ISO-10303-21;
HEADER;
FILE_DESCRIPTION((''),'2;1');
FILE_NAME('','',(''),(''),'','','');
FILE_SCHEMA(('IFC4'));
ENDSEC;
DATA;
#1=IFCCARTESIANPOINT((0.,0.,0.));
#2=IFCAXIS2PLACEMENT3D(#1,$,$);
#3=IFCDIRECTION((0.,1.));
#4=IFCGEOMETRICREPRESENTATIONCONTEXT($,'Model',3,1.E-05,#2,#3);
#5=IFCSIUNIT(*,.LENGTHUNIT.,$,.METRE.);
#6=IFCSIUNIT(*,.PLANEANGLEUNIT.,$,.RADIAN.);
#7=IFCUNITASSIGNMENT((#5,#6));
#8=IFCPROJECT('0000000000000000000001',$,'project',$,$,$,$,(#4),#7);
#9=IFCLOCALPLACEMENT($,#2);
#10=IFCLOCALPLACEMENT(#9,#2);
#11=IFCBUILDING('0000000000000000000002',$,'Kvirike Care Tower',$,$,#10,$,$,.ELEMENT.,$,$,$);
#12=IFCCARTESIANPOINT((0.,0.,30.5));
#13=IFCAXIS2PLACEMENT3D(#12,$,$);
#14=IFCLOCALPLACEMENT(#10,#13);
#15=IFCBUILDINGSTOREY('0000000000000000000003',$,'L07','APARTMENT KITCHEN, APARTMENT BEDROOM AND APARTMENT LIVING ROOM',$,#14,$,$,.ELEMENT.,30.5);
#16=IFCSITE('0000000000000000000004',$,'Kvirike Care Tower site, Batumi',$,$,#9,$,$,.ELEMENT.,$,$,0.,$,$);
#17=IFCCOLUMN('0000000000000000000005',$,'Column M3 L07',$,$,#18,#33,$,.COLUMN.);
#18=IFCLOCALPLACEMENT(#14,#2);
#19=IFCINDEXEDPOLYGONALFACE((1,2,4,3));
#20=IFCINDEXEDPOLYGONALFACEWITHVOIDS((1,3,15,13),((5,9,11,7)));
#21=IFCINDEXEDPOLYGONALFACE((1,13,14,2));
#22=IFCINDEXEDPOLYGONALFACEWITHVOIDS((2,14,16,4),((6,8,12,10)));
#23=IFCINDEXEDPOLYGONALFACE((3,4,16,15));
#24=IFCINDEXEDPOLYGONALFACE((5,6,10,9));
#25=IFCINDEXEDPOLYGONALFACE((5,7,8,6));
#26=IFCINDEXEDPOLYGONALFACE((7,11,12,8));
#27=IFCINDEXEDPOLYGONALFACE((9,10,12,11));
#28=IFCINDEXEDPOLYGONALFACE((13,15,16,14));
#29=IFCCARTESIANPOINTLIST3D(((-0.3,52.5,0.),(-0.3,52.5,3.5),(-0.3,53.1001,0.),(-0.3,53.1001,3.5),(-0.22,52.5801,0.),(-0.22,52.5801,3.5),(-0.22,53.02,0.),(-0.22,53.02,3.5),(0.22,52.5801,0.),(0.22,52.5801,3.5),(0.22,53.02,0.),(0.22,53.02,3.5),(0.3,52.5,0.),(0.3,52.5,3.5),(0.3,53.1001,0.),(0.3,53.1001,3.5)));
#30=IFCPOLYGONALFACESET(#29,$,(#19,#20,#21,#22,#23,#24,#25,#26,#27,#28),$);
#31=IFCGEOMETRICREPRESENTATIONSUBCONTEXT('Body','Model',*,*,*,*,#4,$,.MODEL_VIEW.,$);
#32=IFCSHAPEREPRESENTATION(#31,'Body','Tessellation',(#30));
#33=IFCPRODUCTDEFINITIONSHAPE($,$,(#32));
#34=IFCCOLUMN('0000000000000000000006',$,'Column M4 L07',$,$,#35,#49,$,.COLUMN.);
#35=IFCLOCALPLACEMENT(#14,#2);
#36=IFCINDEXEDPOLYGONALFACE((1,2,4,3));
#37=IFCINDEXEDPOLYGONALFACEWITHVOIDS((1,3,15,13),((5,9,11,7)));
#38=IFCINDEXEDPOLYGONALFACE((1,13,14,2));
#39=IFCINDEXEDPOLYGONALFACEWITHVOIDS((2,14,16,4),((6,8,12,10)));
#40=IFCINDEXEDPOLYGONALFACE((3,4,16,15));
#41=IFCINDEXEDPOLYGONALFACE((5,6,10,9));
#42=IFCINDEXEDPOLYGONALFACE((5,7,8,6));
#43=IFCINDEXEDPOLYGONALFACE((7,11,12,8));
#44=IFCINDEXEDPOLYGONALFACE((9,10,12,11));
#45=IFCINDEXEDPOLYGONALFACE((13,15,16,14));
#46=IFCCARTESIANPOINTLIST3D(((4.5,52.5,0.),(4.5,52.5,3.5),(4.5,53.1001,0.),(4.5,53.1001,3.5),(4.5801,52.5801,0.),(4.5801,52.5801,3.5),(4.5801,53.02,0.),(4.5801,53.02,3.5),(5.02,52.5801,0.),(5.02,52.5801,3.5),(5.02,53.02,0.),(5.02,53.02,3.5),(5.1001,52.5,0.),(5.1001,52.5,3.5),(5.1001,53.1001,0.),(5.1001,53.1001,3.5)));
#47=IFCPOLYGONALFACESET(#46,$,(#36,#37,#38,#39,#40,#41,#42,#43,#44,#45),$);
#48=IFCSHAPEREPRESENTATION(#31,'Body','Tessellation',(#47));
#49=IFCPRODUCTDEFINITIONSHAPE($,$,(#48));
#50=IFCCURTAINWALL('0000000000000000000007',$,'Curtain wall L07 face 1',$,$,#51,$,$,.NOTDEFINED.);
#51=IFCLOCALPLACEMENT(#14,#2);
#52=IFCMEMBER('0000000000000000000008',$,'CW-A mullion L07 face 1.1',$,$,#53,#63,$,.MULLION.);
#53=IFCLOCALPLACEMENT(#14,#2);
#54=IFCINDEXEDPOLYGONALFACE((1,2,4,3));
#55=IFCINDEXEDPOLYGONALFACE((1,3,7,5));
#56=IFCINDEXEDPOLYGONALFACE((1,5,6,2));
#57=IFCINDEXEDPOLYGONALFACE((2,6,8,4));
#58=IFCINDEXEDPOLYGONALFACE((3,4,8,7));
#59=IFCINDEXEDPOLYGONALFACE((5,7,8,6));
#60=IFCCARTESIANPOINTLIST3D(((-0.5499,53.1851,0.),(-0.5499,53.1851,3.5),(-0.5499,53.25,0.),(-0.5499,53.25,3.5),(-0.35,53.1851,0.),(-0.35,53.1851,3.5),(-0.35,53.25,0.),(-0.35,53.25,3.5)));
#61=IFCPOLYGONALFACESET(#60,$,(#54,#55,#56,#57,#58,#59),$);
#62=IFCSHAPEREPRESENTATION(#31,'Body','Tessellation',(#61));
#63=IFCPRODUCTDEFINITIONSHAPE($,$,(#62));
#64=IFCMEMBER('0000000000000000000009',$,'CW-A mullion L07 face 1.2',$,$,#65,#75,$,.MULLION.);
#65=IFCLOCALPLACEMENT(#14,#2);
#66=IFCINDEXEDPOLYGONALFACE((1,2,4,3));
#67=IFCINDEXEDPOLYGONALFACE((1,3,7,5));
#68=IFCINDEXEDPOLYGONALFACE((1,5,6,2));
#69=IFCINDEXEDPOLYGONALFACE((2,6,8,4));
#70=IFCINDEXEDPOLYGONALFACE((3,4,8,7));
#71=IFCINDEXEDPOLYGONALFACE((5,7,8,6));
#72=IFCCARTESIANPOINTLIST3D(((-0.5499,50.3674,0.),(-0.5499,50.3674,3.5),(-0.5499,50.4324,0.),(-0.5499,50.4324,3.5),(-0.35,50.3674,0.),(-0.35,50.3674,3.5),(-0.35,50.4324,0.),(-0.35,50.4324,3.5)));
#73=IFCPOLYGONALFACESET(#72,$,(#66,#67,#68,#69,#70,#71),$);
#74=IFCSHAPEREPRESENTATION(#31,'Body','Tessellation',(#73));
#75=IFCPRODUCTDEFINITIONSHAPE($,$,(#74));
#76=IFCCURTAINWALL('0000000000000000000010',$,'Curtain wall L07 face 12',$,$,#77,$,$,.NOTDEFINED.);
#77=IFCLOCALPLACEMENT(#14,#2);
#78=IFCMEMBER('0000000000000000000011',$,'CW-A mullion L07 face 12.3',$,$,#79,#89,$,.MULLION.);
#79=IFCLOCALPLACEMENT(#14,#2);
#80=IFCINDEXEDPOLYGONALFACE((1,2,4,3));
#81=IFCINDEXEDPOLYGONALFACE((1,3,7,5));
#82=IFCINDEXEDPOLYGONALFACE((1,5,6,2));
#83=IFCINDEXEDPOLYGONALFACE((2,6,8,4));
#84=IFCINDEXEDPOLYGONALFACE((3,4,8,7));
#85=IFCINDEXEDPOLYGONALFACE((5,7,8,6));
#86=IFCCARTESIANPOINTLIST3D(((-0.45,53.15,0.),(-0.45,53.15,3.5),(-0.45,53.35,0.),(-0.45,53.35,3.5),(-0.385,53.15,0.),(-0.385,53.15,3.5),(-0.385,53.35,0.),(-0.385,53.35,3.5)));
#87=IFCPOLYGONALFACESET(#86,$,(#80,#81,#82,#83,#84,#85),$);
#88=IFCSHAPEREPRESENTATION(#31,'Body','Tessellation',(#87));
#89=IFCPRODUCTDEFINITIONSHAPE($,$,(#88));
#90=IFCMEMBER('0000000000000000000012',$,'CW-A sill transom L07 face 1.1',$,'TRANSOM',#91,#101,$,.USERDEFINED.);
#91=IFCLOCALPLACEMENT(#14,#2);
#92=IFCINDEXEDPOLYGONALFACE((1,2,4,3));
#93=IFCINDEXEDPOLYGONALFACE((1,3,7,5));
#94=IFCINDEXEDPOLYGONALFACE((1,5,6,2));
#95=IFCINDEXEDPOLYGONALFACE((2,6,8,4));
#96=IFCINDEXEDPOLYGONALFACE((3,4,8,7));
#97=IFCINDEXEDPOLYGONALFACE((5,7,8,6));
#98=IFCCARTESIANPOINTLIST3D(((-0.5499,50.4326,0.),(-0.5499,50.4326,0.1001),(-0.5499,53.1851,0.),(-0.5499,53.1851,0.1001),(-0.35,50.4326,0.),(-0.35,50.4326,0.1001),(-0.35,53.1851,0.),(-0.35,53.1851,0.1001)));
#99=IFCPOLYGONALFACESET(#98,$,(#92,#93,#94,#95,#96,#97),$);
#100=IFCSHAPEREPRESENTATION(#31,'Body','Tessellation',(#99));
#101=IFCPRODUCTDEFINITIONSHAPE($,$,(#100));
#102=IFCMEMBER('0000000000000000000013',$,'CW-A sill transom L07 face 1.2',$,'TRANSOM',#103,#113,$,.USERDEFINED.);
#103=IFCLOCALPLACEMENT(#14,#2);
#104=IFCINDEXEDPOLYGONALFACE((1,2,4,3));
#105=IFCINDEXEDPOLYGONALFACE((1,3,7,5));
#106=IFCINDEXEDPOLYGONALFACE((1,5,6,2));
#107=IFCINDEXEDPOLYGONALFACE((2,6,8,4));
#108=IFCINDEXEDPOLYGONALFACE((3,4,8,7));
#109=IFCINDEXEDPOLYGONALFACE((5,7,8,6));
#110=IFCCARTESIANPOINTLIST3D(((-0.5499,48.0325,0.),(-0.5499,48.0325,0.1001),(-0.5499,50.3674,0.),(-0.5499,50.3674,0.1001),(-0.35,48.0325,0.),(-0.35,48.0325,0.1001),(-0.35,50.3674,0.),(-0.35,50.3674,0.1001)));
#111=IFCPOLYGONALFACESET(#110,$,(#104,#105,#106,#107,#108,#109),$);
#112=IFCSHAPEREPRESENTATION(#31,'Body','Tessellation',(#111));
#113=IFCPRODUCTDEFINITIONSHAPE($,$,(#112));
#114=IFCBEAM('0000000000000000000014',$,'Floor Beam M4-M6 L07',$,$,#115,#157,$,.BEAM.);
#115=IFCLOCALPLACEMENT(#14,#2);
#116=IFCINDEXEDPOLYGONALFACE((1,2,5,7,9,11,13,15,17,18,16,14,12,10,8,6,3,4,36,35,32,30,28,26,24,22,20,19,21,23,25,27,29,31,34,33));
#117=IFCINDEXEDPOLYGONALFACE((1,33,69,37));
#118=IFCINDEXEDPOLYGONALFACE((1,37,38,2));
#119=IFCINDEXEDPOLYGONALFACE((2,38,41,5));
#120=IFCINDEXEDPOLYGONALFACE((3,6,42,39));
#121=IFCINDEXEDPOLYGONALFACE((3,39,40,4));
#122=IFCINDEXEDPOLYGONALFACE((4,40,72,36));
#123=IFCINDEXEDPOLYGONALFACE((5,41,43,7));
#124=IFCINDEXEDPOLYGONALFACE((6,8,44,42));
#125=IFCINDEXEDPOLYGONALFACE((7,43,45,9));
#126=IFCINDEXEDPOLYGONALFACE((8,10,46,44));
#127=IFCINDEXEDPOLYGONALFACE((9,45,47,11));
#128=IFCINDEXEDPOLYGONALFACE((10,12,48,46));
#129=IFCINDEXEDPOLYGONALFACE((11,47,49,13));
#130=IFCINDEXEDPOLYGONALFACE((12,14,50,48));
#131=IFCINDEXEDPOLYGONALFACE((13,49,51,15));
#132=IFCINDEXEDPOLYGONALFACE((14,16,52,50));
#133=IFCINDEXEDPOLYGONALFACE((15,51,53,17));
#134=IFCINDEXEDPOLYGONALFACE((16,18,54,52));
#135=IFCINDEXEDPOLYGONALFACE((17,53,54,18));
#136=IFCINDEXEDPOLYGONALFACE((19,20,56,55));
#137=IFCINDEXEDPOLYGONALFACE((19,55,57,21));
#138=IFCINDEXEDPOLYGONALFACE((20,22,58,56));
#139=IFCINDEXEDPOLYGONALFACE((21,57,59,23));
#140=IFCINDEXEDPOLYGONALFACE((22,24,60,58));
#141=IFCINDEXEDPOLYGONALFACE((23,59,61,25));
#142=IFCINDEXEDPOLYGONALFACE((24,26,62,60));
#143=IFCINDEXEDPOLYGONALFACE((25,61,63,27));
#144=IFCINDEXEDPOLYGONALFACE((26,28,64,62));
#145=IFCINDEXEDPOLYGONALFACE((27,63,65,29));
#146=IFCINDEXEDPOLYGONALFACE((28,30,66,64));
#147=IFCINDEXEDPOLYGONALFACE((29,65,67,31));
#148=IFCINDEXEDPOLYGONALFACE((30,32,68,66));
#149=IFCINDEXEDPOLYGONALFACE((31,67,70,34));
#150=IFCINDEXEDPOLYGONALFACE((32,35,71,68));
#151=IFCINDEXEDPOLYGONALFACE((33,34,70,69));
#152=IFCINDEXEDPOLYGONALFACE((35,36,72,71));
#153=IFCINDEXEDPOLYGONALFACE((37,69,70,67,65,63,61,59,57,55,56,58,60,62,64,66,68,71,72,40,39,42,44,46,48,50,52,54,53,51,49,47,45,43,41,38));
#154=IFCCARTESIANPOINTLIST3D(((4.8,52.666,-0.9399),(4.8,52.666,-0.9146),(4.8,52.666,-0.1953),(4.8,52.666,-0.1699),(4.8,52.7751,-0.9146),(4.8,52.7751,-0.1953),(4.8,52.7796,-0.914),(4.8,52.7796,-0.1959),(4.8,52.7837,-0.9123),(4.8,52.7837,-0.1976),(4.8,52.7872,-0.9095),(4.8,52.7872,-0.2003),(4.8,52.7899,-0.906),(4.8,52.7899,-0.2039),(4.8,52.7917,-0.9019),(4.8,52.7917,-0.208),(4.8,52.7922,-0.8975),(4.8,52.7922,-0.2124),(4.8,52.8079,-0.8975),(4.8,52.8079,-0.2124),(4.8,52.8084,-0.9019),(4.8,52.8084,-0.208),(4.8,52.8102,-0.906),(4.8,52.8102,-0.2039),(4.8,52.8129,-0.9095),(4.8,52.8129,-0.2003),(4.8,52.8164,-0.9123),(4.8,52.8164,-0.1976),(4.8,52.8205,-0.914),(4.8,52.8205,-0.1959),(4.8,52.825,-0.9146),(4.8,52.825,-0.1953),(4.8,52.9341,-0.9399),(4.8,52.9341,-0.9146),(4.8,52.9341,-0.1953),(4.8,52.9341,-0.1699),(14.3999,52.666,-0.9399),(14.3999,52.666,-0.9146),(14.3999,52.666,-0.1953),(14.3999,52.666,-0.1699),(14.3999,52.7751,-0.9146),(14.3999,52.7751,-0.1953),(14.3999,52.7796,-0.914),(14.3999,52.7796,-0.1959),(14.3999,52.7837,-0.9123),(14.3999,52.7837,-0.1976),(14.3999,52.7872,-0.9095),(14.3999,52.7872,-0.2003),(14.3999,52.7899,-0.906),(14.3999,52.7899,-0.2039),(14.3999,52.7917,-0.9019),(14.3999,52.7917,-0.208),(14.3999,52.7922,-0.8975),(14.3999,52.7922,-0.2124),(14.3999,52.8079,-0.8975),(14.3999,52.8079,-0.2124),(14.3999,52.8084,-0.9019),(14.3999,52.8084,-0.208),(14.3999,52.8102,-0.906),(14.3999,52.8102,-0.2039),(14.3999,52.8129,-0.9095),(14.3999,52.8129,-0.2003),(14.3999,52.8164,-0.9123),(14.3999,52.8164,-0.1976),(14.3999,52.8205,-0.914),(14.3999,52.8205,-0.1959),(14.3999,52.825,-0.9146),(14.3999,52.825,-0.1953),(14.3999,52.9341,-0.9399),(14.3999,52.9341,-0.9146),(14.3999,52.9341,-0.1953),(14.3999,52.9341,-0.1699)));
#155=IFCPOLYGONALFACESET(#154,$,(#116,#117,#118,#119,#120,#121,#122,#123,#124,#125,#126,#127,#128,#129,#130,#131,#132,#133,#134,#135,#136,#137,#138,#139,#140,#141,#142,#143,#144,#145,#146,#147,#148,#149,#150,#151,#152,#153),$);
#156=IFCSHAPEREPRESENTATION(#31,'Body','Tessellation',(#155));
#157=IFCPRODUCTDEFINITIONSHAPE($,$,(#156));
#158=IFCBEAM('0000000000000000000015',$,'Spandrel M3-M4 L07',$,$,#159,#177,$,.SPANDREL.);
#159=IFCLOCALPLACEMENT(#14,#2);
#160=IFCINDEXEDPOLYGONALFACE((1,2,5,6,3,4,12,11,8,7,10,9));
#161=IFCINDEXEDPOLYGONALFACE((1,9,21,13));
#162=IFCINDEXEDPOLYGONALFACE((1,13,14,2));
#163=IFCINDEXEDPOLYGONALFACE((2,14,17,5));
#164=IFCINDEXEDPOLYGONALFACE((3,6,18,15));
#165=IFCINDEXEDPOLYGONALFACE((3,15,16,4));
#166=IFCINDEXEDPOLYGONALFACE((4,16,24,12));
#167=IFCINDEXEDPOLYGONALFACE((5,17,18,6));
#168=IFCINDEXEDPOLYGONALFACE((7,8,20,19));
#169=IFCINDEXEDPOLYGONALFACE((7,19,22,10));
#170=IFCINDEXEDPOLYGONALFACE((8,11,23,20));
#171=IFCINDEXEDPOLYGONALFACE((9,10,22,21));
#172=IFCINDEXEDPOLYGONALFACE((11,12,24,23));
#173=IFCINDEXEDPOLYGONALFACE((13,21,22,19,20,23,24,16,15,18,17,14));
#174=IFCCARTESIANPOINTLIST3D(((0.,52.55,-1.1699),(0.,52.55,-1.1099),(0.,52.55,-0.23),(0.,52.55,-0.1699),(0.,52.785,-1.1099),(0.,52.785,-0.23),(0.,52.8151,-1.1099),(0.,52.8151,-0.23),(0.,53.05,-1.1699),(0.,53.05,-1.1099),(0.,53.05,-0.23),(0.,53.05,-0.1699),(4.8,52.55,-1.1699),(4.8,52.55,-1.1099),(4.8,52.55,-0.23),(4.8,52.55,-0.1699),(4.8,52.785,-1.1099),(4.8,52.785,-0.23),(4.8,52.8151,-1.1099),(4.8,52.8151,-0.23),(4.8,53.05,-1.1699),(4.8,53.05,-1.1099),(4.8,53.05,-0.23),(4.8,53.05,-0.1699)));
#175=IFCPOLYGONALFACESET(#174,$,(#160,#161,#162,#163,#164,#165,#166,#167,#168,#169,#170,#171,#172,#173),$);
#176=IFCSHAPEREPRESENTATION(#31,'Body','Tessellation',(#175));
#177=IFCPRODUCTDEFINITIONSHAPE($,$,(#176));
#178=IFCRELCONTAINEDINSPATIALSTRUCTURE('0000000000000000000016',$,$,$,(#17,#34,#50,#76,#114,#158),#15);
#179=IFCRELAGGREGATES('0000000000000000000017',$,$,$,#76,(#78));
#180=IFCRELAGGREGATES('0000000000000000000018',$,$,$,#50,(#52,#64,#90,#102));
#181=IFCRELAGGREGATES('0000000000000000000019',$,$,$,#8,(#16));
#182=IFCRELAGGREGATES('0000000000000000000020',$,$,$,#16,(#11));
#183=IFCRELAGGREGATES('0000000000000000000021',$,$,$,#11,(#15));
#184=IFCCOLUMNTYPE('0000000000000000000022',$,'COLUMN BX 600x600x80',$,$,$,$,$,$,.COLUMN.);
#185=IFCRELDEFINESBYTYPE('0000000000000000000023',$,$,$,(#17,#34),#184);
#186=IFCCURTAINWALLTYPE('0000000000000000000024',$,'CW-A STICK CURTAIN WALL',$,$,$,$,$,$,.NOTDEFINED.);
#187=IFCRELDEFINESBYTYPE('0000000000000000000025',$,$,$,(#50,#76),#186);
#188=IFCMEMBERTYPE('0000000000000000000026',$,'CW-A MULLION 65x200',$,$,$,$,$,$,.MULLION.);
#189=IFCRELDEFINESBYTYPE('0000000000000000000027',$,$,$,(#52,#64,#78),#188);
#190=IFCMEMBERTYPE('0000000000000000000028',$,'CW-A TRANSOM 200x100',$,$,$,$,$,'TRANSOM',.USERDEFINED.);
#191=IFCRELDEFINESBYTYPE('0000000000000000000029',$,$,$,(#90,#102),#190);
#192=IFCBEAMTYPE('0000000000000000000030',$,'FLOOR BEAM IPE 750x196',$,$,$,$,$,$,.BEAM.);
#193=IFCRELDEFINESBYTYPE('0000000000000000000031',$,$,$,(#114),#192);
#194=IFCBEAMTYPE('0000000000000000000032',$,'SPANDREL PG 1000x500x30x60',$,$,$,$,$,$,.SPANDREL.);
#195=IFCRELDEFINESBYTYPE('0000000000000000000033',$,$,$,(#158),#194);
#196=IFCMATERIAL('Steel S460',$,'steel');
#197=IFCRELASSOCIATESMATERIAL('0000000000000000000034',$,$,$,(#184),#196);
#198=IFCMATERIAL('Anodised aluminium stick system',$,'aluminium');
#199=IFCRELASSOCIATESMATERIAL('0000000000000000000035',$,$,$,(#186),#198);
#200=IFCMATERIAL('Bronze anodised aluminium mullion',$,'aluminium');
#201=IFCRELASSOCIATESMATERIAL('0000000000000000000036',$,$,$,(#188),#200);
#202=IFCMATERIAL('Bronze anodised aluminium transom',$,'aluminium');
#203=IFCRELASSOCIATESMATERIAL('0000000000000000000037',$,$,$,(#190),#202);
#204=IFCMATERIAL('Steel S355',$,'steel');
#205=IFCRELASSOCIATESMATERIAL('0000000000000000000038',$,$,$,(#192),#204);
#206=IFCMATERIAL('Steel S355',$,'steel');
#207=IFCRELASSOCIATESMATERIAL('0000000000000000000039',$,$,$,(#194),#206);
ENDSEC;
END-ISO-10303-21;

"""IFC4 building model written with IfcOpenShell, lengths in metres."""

from ifc_helpers import new_model, si_unit, direction, frame, origin, origin_2d, place, context, subcontext, project, spatial, rectangle, hollow_rectangle, i_section, extrude, material, material_profile, profile_set, type_object, element, aggregate, save


model = new_model("IFC4")

# Units and contexts
model_context = context("Model", 3, precision=1e-05, world=origin(), true_north=direction((0.0, 1.0)))
body_context = subcontext(model_context, "Body", "Model", "MODEL_VIEW")
ifc_project = project(units=[si_unit("LENGTHUNIT", "METRE"), si_unit("PLANEANGLEUNIT", "RADIAN")], contexts=[model_context])

# Site, building, storey
site_placement = place(None, origin())
site = spatial("IfcSite", under=ifc_project, at=site_placement, Name="Kvirike Care Tower site, Batumi", CompositionType="ELEMENT", RefElevation=0.0)
building_placement = place(site_placement, origin())
building = spatial("IfcBuilding", under=site, at=building_placement, Name="Kvirike Care Tower", CompositionType="ELEMENT")
storey_placement = place(building_placement, frame((0.0, 0.0, 30.5)))
storey = spatial("IfcBuildingStorey", under=building, at=storey_placement, Name="L07", Description="APARTMENT KITCHEN, APARTMENT BEDROOM AND APARTMENT LIVING ROOM", CompositionType="ELEMENT", Elevation=30.5)

# Columns
ifc_material_1 = material(Name="Steel S460", Category="steel")
ifc_material_profile_1 = material_profile(ifc_material_1, hollow_rectangle(XDim=0.6001, YDim=0.6001, WallThickness=0.0801, at=origin_2d()), Name="BX 600x600x80")
ifc_profile_set_1 = profile_set([ifc_material_profile_1], Name="Steel S460")
column_type = type_object("IfcColumnType", Name="COLUMN BX 600x600x80", PredefinedType="COLUMN", material=ifc_profile_set_1)
for number, where, z_axis, x_axis, name in (
    (1, (0.0, 52.8, 0.0), (0.0, 0.0, 1.0), (0.0, 1.0, 0.0), "Column M3 L07"),
    (2, (4.8, 52.8, 0.0), (0.0, 0.0, 1.0), (0.0, 1.0, 0.0), "Column M4 L07"),
):
    element("IfcColumn", number, at=place(storey_placement, frame(where, z_axis=z_axis, x_axis=x_axis)), inside=storey, type_object=column_type, Name=name, PredefinedType="COLUMN", context=body_context, shape_type="SweptSolid", body=[
        extrude(hollow_rectangle(XDim=0.6001, YDim=0.6001, WallThickness=0.0801, at=origin_2d()), origin(), (0.0, 0.0, 1.0), 3.5),
    ])

# Curtain wall, members
ifc_material_2 = material(Name="Anodised aluminium stick system", Category="aluminium")
curtain_wall_type = type_object("IfcCurtainWallType", Name="CW-A STICK CURTAIN WALL", PredefinedType="NOTDEFINED", material=ifc_material_2)
curtain_wall_1_placement = place(storey_placement, origin())
curtain_wall_1 = element("IfcCurtainWall", 3, at=curtain_wall_1_placement, inside=storey, type_object=curtain_wall_type, Name="Curtain wall L07 face 1", PredefinedType="NOTDEFINED")
ifc_material_3 = material(Name="Bronze anodised aluminium mullion", Category="aluminium")
ifc_material_profile_2 = material_profile(ifc_material_3, rectangle(XDim=0.0649, YDim=0.2, at=origin_2d()), Name="CW-A MULLION 65x200")
ifc_profile_set_2 = profile_set([ifc_material_profile_2], Name="Bronze anodised aluminium mullion")
member_type_1 = type_object("IfcMemberType", Name="CW-A MULLION 65x200", PredefinedType="MULLION", material=ifc_profile_set_2)
member_1_placement = place(storey_placement, frame((-0.45, 53.2175, 0.0), z_axis=(0.0, 0.0, 1.0), x_axis=(0.0, -1.0, 0.0)))
member_1 = element("IfcMember", 4, at=member_1_placement, type_object=member_type_1, Name="CW-A mullion L07 face 1.1", PredefinedType="MULLION", context=body_context, shape_type="SweptSolid", body=[
    extrude(rectangle(XDim=0.0649, YDim=0.2, at=origin_2d()), origin(), (0.0, 0.0, 1.0), 3.5),
])
member_2_placement = place(storey_placement, frame((-0.45, 50.3999, 0.0), z_axis=(0.0, 0.0, 1.0), x_axis=(0.0, -1.0, 0.0)))
member_2 = element("IfcMember", 5, at=member_2_placement, type_object=member_type_1, Name="CW-A mullion L07 face 1.2", PredefinedType="MULLION", context=body_context, shape_type="SweptSolid", body=[
    extrude(rectangle(XDim=0.0649, YDim=0.2, at=origin_2d()), origin(), (0.0, 0.0, 1.0), 3.5),
])

# Curtain wall, member
curtain_wall_2_placement = place(storey_placement, origin())
curtain_wall_2 = element("IfcCurtainWall", 6, at=curtain_wall_2_placement, inside=storey, type_object=curtain_wall_type, Name="Curtain wall L07 face 12", PredefinedType="NOTDEFINED")
member_3_placement = place(storey_placement, frame((-0.4175, 53.25, 0.0), z_axis=(0.0, 0.0, 1.0), x_axis=(-1.0, 0.0, 0.0)))
member_3 = element("IfcMember", 7, at=member_3_placement, type_object=member_type_1, Name="CW-A mullion L07 face 12.3", PredefinedType="MULLION", context=body_context, shape_type="SweptSolid", body=[
    extrude(rectangle(XDim=0.0649, YDim=0.2, at=origin_2d()), origin(), (0.0, 0.0, 1.0), 3.5),
])
aggregate(curtain_wall_2, [member_3])

# Members
ifc_material_4 = material(Name="Bronze anodised aluminium transom", Category="aluminium")
ifc_material_profile_3 = material_profile(ifc_material_4, rectangle(XDim=0.2, YDim=0.1001, at=origin_2d()), Name="CW-A TRANSOM 200x100")
ifc_profile_set_3 = profile_set([ifc_material_profile_3], Name="Bronze anodised aluminium transom")
member_type_2 = type_object("IfcMemberType", Name="CW-A TRANSOM 200x100", ElementType="TRANSOM", PredefinedType="USERDEFINED", material=ifc_profile_set_3)
member_4_placement = place(storey_placement, frame((-0.45, 53.1851, 0.05), z_axis=(0.0, -1.0, 0.0), x_axis=(1.0, 0.0, 0.0)))
member_4 = element("IfcMember", 8, at=member_4_placement, type_object=member_type_2, Name="CW-A sill transom L07 face 1.1", ObjectType="TRANSOM", PredefinedType="USERDEFINED", context=body_context, shape_type="SweptSolid", body=[
    extrude(rectangle(XDim=0.2, YDim=0.1001, at=origin_2d()), origin(), (0.0, 0.0, 1.0), 2.7524),
])
member_5_placement = place(storey_placement, frame((-0.45, 50.3674, 0.05), z_axis=(0.0, -1.0, 0.0), x_axis=(1.0, 0.0, 0.0)))
member_5 = element("IfcMember", 9, at=member_5_placement, type_object=member_type_2, Name="CW-A sill transom L07 face 1.2", ObjectType="TRANSOM", PredefinedType="USERDEFINED", context=body_context, shape_type="SweptSolid", body=[
    extrude(rectangle(XDim=0.2, YDim=0.1001, at=origin_2d()), origin(), (0.0, 0.0, 1.0), 2.335),
])

# Beams
ifc_material_5 = material(Name="Steel S355", Category="steel")
ifc_material_profile_4 = material_profile(ifc_material_5, i_section(OverallWidth=0.2681, OverallDepth=0.77, WebThickness=0.0156, FlangeThickness=0.0254, FilletRadius=0.0171, at=origin_2d()), Name="IPE 750x196")
ifc_profile_set_4 = profile_set([ifc_material_profile_4], Name="Steel S355")
beam_type_1 = type_object("IfcBeamType", Name="FLOOR BEAM IPE 750x196", PredefinedType="BEAM", material=ifc_profile_set_4)
beam_placement = place(storey_placement, frame((4.8, 52.8, -0.5549), z_axis=(1.0, 0.0, 0.0), x_axis=(0.0, 1.0, 0.0)))
element("IfcBeam", 10, at=beam_placement, inside=storey, type_object=beam_type_1, Name="Floor Beam M4-M6 L07", PredefinedType="BEAM", context=body_context, shape_type="SweptSolid", body=[
    extrude(i_section(OverallWidth=0.2681, OverallDepth=0.77, WebThickness=0.0156, FlangeThickness=0.0254, FilletRadius=0.0171, at=origin_2d()), origin(), (0.0, 0.0, 1.0), 9.5999),
])
ifc_material_6 = material(Name="Steel S355", Category="steel")
ifc_material_profile_5 = material_profile(ifc_material_6, i_section(OverallWidth=0.5, OverallDepth=1.0, WebThickness=0.03, FlangeThickness=0.0601, at=origin_2d()), Name="PG 1000x500x30x60")
ifc_profile_set_5 = profile_set([ifc_material_profile_5], Name="Steel S355")
beam_type_2 = type_object("IfcBeamType", Name="SPANDREL PG 1000x500x30x60", PredefinedType="SPANDREL", material=ifc_profile_set_5)
for number, where, z_axis, x_axis, name in (
    (11, (0.0, 52.8, -0.6699), (1.0, 0.0, 0.0), (0.0, 1.0, 0.0), "Spandrel M3-M4 L07"),
):
    element("IfcBeam", number, at=place(storey_placement, frame(where, z_axis=z_axis, x_axis=x_axis)), inside=storey, type_object=beam_type_2, Name=name, PredefinedType="SPANDREL", context=body_context, shape_type="SweptSolid", body=[
        extrude(i_section(OverallWidth=0.5, OverallDepth=1.0, WebThickness=0.03, FlangeThickness=0.0601, at=origin_2d()), origin(), (0.0, 0.0, 1.0), 4.8),
    ])

aggregate(curtain_wall_1, [member_1, member_2, member_4, member_5])

save(model, "model.ifc")
